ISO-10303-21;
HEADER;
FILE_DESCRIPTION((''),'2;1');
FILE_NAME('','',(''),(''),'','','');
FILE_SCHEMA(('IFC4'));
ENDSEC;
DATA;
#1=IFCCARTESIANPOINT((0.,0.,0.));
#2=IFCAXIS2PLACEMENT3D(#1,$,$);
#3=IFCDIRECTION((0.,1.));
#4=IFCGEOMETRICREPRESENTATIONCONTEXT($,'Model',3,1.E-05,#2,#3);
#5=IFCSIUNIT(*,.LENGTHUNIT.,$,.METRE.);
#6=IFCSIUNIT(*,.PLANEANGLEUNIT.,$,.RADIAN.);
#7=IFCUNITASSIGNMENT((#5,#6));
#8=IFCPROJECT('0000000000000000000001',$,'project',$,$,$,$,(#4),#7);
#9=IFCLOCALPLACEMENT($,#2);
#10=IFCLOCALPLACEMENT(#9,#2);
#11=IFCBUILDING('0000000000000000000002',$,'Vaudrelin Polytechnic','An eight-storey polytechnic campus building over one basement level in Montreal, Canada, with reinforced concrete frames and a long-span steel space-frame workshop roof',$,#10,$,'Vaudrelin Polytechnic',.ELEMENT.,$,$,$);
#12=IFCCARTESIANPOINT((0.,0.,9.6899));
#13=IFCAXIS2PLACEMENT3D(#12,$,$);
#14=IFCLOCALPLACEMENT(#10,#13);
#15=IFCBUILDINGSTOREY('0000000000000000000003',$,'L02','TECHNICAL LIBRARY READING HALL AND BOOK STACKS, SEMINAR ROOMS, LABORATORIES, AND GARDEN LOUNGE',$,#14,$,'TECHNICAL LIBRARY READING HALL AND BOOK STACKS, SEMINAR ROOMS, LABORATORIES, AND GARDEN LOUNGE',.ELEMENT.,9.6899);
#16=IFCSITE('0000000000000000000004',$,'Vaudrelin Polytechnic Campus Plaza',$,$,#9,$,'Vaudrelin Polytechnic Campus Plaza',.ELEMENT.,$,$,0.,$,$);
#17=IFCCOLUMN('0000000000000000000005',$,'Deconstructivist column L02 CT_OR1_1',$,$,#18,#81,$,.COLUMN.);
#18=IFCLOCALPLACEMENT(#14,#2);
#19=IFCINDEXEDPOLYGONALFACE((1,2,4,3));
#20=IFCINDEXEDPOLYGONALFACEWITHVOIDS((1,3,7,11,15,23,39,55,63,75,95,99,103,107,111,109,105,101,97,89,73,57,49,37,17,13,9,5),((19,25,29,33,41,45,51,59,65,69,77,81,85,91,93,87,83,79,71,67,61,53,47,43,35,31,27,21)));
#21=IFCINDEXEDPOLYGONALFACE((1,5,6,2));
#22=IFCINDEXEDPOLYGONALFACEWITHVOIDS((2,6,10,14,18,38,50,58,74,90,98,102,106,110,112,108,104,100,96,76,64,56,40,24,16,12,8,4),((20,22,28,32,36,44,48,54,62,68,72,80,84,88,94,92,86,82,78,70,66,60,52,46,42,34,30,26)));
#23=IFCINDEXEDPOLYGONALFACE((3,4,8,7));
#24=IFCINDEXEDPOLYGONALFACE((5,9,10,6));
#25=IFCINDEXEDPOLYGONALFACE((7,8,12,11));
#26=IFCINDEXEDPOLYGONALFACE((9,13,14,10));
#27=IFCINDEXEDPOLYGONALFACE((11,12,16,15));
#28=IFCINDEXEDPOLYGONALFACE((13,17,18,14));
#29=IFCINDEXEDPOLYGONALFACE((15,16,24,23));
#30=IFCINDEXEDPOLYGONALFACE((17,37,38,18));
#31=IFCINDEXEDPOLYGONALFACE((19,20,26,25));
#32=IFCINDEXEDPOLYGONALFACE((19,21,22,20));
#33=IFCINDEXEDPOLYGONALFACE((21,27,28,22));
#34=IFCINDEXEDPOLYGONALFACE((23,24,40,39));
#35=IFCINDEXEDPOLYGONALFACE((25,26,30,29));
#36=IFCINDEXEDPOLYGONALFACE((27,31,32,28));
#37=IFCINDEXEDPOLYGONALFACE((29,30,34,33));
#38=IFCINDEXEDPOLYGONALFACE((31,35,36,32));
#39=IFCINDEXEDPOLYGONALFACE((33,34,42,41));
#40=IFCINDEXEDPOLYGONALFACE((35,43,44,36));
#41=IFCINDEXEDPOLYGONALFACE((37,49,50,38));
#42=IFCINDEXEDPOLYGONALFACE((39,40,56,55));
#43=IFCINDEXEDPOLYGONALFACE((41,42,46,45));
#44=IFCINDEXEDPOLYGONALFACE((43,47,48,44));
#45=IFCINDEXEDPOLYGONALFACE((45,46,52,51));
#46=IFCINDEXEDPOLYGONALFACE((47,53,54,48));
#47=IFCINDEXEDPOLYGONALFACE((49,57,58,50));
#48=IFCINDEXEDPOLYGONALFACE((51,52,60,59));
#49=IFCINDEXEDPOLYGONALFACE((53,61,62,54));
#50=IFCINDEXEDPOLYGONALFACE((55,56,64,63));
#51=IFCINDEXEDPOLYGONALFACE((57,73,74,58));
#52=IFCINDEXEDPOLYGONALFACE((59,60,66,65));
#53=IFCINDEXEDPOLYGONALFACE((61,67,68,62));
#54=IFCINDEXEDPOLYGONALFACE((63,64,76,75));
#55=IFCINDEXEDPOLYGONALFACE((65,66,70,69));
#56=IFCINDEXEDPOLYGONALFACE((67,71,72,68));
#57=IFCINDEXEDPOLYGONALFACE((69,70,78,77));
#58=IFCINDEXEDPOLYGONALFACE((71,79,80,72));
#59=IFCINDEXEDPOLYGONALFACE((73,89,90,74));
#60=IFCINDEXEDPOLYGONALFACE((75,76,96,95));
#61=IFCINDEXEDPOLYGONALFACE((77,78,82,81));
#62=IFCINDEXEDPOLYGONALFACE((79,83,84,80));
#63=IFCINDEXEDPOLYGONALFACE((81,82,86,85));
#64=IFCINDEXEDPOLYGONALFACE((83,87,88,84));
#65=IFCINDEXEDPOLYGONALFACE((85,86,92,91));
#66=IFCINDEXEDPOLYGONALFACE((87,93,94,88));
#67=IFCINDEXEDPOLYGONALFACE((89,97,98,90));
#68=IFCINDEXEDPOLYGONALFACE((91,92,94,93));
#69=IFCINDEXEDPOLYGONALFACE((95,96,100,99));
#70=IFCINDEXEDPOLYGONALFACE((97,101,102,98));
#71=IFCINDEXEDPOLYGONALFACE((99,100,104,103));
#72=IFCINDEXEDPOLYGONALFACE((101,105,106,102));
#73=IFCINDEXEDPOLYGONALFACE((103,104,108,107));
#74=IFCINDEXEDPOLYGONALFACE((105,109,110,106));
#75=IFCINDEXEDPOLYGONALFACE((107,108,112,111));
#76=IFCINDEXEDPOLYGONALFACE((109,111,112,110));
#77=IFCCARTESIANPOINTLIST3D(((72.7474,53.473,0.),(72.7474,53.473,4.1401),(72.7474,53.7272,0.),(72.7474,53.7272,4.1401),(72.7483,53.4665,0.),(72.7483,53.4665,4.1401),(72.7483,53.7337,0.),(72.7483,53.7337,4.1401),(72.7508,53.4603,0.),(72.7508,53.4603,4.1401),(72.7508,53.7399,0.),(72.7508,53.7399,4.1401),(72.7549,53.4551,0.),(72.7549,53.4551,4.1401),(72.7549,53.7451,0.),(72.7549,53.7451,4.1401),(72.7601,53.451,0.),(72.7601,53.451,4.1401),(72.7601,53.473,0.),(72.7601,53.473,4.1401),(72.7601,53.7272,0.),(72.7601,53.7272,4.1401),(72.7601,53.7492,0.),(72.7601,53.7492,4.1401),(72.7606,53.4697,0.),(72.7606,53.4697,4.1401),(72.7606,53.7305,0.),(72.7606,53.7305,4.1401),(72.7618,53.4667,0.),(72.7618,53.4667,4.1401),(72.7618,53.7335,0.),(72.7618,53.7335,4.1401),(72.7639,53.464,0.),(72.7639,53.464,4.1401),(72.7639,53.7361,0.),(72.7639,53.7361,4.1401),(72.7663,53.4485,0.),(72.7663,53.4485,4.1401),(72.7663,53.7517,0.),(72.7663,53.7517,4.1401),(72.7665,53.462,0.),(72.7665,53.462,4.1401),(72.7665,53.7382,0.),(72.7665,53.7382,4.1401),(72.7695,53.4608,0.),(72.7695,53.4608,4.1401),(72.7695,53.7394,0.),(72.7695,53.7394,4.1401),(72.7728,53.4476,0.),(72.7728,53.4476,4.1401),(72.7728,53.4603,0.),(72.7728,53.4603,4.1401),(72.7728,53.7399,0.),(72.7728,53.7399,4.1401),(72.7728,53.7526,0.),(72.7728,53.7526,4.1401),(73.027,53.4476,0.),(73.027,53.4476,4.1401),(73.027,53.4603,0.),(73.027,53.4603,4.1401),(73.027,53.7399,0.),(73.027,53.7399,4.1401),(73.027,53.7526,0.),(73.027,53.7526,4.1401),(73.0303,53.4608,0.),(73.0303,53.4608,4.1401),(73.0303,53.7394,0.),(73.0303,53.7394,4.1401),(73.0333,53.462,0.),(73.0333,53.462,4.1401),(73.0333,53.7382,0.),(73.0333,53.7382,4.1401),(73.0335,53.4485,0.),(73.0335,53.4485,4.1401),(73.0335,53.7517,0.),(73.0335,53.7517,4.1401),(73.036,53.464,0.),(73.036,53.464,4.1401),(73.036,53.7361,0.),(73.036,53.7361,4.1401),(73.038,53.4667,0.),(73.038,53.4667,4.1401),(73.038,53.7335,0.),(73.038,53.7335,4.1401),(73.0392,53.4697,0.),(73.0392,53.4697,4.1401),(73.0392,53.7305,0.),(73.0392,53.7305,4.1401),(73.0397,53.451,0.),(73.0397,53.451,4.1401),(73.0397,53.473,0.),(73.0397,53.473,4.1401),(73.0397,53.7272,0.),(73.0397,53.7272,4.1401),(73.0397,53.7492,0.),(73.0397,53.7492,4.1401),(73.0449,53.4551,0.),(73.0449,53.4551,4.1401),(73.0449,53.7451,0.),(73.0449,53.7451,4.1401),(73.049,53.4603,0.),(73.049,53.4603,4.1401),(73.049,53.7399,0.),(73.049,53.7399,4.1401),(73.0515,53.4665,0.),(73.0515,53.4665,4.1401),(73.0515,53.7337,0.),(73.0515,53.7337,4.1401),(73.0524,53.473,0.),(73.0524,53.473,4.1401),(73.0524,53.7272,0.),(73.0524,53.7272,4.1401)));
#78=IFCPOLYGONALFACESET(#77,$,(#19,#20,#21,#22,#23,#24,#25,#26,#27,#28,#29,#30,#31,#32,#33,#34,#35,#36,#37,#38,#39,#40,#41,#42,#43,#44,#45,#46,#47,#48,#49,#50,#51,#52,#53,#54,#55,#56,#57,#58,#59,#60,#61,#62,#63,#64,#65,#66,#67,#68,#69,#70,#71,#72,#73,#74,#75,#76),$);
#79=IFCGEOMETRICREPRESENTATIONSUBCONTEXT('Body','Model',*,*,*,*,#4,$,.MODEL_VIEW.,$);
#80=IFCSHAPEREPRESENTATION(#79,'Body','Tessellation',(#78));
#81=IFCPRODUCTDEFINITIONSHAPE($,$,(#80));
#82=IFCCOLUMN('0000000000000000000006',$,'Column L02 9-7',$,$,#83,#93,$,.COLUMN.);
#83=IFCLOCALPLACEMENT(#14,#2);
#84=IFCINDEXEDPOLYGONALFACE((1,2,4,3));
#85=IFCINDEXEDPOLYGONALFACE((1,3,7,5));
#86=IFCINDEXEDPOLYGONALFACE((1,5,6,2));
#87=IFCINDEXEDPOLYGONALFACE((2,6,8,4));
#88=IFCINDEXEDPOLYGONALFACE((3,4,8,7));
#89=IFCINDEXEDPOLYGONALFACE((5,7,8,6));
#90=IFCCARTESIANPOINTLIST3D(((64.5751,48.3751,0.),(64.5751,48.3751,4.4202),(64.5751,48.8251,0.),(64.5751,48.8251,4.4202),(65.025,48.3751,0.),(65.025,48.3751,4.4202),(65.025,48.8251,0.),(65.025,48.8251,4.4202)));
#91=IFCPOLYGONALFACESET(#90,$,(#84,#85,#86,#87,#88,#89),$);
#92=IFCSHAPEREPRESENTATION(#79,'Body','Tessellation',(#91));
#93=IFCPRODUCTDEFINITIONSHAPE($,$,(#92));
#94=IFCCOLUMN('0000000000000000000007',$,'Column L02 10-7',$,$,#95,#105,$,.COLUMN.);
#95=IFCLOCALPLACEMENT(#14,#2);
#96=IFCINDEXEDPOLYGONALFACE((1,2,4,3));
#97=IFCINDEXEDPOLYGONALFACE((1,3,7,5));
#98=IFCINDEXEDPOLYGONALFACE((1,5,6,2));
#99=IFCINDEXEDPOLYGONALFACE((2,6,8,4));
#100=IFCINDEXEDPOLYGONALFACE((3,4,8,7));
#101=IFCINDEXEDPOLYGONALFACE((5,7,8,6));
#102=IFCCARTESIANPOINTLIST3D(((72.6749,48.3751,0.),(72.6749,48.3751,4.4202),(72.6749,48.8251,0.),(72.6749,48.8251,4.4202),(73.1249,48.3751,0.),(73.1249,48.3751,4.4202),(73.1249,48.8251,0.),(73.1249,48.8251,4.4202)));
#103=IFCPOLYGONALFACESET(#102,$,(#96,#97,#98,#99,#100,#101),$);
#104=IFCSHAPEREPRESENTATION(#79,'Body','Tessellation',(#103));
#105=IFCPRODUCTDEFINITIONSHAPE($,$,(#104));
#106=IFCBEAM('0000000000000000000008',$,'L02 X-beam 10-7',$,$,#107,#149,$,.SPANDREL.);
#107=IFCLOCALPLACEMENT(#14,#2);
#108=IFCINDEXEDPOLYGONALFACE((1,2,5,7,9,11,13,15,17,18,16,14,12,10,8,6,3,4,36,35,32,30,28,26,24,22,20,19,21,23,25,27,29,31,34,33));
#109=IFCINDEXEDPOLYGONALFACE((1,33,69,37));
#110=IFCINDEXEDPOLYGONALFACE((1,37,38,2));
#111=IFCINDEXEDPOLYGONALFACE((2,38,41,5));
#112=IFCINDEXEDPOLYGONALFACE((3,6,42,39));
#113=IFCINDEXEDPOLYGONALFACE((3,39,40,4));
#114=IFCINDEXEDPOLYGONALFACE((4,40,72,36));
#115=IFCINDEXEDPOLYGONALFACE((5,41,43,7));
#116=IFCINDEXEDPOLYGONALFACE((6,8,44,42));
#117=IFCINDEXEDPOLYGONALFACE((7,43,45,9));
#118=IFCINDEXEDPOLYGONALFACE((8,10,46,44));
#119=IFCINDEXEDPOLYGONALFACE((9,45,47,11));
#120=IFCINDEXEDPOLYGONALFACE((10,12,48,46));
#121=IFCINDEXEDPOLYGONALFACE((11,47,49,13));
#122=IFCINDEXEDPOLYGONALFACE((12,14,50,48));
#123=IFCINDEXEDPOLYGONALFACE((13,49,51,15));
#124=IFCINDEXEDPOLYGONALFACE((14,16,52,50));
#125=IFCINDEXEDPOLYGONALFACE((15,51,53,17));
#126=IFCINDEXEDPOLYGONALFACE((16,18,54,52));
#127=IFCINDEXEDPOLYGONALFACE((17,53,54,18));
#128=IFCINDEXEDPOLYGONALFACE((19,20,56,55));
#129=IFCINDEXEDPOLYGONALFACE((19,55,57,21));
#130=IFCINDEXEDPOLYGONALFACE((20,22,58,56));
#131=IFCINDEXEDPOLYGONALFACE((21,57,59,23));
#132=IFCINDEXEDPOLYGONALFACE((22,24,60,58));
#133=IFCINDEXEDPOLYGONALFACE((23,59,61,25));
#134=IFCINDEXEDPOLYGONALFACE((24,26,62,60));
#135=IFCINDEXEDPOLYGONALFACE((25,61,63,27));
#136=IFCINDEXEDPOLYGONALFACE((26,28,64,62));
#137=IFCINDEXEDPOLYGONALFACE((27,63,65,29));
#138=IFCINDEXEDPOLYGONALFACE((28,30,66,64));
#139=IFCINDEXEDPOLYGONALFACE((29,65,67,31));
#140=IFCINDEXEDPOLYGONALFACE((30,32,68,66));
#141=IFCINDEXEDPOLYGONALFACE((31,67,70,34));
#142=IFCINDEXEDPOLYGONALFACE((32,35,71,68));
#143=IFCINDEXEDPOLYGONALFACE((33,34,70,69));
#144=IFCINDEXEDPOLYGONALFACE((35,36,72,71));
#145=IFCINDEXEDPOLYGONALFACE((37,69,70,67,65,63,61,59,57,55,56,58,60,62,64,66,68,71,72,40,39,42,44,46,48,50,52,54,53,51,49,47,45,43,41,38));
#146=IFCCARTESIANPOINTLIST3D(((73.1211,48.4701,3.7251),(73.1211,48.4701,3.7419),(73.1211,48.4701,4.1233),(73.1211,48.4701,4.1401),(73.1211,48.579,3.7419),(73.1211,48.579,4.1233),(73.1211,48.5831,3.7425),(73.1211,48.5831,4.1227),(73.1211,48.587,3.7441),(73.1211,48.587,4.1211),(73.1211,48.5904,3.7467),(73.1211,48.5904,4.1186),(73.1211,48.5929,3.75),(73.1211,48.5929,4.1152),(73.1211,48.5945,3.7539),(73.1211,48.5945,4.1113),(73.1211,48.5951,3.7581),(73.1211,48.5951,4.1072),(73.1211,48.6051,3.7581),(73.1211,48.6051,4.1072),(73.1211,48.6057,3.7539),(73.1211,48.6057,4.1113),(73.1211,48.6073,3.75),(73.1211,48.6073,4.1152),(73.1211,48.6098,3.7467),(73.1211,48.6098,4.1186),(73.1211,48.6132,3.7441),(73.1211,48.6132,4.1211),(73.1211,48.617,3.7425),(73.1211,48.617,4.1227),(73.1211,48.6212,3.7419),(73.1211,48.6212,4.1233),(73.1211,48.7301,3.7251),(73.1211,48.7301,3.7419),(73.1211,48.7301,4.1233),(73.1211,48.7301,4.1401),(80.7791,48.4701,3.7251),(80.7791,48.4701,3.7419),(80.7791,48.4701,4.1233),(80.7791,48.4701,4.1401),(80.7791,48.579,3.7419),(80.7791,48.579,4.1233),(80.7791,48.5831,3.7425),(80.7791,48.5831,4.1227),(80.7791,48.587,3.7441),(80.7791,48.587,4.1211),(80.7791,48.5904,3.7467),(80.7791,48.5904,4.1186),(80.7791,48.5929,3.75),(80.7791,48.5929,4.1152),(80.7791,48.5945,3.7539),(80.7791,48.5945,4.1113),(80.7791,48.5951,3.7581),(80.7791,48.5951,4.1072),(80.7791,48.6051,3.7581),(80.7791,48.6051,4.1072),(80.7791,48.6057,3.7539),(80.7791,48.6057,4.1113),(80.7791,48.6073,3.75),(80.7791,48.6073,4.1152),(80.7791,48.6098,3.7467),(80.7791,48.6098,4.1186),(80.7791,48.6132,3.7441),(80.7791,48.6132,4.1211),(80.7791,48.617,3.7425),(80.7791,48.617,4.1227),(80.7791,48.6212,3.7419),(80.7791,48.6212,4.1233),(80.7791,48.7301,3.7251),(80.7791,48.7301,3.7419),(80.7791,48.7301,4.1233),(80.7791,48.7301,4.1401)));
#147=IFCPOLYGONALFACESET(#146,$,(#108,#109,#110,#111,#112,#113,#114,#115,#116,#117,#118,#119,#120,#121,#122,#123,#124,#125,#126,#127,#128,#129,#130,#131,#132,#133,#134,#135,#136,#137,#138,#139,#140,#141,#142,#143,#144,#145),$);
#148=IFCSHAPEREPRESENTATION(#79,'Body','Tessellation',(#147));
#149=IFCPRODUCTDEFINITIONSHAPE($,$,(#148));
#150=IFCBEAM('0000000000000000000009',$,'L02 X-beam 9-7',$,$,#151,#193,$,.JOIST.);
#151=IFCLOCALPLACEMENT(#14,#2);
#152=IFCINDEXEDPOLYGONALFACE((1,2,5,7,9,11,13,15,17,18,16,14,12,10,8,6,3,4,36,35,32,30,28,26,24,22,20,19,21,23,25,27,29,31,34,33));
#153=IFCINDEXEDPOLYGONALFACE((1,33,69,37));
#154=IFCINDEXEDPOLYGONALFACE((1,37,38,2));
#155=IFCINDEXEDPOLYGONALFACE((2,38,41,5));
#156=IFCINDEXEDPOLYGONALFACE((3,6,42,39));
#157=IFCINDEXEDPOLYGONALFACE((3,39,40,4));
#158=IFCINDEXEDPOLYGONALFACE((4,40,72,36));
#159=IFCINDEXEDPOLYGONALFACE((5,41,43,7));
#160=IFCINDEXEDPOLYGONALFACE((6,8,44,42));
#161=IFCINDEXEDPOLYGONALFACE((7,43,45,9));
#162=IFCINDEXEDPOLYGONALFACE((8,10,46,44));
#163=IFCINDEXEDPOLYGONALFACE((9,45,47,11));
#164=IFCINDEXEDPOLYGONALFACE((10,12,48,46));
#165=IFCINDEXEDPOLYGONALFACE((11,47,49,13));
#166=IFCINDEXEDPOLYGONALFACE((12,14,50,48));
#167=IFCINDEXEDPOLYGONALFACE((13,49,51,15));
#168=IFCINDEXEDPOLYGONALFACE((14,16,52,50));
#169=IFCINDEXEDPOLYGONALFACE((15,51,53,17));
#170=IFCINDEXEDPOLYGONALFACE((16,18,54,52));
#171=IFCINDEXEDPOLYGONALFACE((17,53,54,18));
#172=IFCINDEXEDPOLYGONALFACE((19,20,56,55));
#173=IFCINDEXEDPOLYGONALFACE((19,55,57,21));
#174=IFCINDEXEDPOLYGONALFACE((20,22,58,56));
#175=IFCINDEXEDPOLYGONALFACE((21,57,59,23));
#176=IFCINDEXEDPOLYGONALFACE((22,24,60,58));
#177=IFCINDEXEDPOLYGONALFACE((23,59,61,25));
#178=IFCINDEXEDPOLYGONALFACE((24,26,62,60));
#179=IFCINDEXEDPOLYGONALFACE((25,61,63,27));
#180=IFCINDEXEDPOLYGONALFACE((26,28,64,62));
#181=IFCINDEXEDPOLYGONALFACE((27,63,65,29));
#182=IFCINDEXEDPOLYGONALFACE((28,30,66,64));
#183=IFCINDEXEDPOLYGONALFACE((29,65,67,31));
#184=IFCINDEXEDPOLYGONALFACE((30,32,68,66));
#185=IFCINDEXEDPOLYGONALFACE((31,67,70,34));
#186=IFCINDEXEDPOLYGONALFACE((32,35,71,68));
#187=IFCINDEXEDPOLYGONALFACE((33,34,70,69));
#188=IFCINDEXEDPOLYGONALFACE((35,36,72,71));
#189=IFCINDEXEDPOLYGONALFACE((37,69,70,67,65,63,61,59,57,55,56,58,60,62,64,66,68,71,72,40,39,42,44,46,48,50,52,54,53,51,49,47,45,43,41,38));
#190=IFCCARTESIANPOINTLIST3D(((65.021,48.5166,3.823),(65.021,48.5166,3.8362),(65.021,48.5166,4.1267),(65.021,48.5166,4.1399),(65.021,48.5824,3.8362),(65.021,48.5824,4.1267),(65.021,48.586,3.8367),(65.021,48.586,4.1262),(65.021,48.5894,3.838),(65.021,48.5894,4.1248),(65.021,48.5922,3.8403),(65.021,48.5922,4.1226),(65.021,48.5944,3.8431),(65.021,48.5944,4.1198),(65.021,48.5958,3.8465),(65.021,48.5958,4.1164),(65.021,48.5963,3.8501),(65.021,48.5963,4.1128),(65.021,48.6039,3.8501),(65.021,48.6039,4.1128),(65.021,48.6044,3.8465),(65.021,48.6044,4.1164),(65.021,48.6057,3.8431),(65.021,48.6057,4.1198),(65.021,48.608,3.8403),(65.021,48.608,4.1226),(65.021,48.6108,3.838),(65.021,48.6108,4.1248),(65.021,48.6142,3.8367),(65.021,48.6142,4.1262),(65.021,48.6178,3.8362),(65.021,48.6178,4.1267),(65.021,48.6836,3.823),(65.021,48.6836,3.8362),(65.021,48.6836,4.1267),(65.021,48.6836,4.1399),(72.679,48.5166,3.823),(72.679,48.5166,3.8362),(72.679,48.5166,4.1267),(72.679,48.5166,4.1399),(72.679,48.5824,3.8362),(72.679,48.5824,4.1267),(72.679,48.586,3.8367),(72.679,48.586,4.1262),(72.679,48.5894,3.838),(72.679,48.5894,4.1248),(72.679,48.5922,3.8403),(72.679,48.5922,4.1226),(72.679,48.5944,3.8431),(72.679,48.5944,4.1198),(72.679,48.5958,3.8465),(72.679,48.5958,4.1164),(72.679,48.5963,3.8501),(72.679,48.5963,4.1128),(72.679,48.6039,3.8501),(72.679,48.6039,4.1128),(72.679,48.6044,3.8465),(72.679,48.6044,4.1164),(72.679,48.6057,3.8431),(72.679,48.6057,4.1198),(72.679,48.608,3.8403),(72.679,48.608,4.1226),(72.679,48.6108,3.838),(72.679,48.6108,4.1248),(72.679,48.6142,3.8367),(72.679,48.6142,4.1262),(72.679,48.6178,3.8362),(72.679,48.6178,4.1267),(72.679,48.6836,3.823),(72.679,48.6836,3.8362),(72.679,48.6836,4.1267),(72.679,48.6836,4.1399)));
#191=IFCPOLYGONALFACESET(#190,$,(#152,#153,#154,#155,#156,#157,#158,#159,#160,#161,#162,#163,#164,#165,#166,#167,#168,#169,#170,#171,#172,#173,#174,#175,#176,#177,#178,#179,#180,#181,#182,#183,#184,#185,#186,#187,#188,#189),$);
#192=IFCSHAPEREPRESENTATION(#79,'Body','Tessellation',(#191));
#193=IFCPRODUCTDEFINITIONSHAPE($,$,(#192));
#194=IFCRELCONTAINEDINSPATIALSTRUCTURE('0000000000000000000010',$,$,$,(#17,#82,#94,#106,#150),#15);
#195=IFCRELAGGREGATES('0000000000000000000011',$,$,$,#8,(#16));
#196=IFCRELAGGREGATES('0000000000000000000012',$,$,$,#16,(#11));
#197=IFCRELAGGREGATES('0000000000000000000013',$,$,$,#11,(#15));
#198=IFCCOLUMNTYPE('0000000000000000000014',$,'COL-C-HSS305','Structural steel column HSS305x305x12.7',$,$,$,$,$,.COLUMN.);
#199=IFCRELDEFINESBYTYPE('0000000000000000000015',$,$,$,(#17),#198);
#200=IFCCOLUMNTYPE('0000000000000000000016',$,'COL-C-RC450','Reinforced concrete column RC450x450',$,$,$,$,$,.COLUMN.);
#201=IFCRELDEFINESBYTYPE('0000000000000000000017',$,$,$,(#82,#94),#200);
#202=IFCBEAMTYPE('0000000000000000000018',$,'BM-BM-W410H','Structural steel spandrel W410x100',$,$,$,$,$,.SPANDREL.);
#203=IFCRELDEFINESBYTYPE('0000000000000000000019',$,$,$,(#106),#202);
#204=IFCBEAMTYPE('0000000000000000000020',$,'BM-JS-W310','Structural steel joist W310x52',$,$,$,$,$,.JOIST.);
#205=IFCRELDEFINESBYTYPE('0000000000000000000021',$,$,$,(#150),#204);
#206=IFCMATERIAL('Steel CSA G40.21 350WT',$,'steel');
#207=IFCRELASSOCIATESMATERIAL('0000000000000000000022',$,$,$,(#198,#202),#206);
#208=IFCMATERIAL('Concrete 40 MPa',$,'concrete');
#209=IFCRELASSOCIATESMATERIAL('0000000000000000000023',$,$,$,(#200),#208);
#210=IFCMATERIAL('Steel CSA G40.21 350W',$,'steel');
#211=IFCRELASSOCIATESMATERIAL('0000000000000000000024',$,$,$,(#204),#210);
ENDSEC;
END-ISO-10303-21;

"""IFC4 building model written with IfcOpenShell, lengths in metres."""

from ifc_helpers import new_model, si_unit, direction, frame, origin, origin_2d, place, context, subcontext, project, spatial, rectangle, hollow_rectangle, i_section, extrude, material, material_profile, profile_set, type_object, element, save


model = new_model("IFC4")

# Units and contexts
model_context = context("Model", 3, precision=1e-05, world=origin(), true_north=direction((0.0, 1.0)))
body_context = subcontext(model_context, "Body", "Model", "MODEL_VIEW")
ifc_project = project(units=[si_unit("LENGTHUNIT", "METRE"), si_unit("PLANEANGLEUNIT", "RADIAN")], contexts=[model_context])

# Site, building, storey
site_placement = place(None, origin())
site = spatial("IfcSite", under=ifc_project, at=site_placement, Name="Vaudrelin Polytechnic Campus Plaza", LongName="Vaudrelin Polytechnic Campus Plaza", CompositionType="ELEMENT", RefElevation=0.0)
building_placement = place(site_placement, origin())
building = spatial("IfcBuilding", under=site, at=building_placement, Name="Vaudrelin Polytechnic", Description="An eight-storey polytechnic campus building over one basement level in Montreal, Canada, with reinforced concrete frames and a long-span steel space-frame workshop roof", LongName="Vaudrelin Polytechnic", CompositionType="ELEMENT")
storey_placement = place(building_placement, frame((0.0, 0.0, 9.6899)))
storey = spatial("IfcBuildingStorey", under=building, at=storey_placement, Name="L02", Description="TECHNICAL LIBRARY READING HALL AND BOOK STACKS, SEMINAR ROOMS, LABORATORIES, AND GARDEN LOUNGE", LongName="TECHNICAL LIBRARY READING HALL AND BOOK STACKS, SEMINAR ROOMS, LABORATORIES, AND GARDEN LOUNGE", CompositionType="ELEMENT", Elevation=9.6899)

# Columns
ifc_material_1 = material(Name="Steel CSA G40.21 350WT", Category="steel")
ifc_material_profile_1 = material_profile(ifc_material_1, hollow_rectangle(XDim=0.3049, YDim=0.3049, WallThickness=0.0127, InnerFilletRadius=0.0127, OuterFilletRadius=0.0254, at=origin_2d()), Name="HSS305x305x12.7")
ifc_profile_set_1 = profile_set([ifc_material_profile_1], Name="Steel CSA G40.21 350WT")
column_type_1 = type_object("IfcColumnType", Name="COL-C-HSS305", Description="Structural steel column HSS305x305x12.7", PredefinedType="COLUMN", material=ifc_profile_set_1)
column_placement = place(storey_placement, frame((72.8999, 53.6001, 0.0), z_axis=(0.0, 0.0, 1.0), x_axis=(1.0, 0.0, 0.0)))
element("IfcColumn", 1, at=column_placement, inside=storey, type_object=column_type_1, Name="Deconstructivist column L02 CT_OR1_1", PredefinedType="COLUMN", context=body_context, shape_type="SweptSolid", body=[
    extrude(hollow_rectangle(XDim=0.3049, YDim=0.3049, WallThickness=0.0127, InnerFilletRadius=0.0127, OuterFilletRadius=0.0254, at=origin_2d()), origin(), (0.0, 0.0, 1.0), 4.1401),
])
ifc_material_2 = material(Name="Concrete 40 MPa", Category="concrete")
ifc_material_profile_2 = material_profile(ifc_material_2, rectangle(XDim=0.45, YDim=0.45, at=origin_2d()), Name="RC450x450")
ifc_profile_set_2 = profile_set([ifc_material_profile_2], Name="Concrete 40 MPa")
column_type_2 = type_object("IfcColumnType", Name="COL-C-RC450", Description="Reinforced concrete column RC450x450", PredefinedType="COLUMN", material=ifc_profile_set_2)
for number, where, z_axis, x_axis, name in (
    (2, (64.8, 48.6001, 0.0), (0.0, 0.0, 1.0), (1.0, 0.0, 0.0), "Column L02 9-7"),
    (3, (72.8999, 48.6001, 0.0), (0.0, 0.0, 1.0), (1.0, 0.0, 0.0), "Column L02 10-7"),
):
    element("IfcColumn", number, at=place(storey_placement, frame(where, z_axis=z_axis, x_axis=x_axis)), inside=storey, type_object=column_type_2, Name=name, PredefinedType="COLUMN", context=body_context, shape_type="SweptSolid", body=[
        extrude(rectangle(XDim=0.45, YDim=0.45, at=origin_2d()), origin(), (0.0, 0.0, 1.0), 4.4202),
    ])

# Beams
ifc_material_profile_3 = material_profile(ifc_material_1, i_section(OverallWidth=0.26, OverallDepth=0.415, WebThickness=0.01, FlangeThickness=0.0168, FilletRadius=0.0161, at=origin_2d()), Name="W410x100")
ifc_profile_set_3 = profile_set([ifc_material_profile_3], Name="Steel CSA G40.21 350WT")
beam_type_1 = type_object("IfcBeamType", Name="BM-BM-W410H", Description="Structural steel spandrel W410x100", PredefinedType="SPANDREL", material=ifc_profile_set_3)
beam_1_placement = place(storey_placement, frame((73.1211, 48.6001, 3.9326), z_axis=(1.0, 0.0, 0.0), x_axis=(0.0, 1.0, 0.0)))
element("IfcBeam", 4, at=beam_1_placement, inside=storey, type_object=beam_type_1, Name="L02 X-beam 10-7", PredefinedType="SPANDREL", context=body_context, shape_type="SweptSolid", body=[
    extrude(i_section(OverallWidth=0.26, OverallDepth=0.415, WebThickness=0.01, FlangeThickness=0.0168, FilletRadius=0.0161, at=origin_2d()), origin(), (0.0, 0.0, 1.0), 7.658),
])
ifc_material_3 = material(Name="Steel CSA G40.21 350W", Category="steel")
ifc_material_profile_4 = material_profile(ifc_material_3, i_section(OverallWidth=0.167, OverallDepth=0.3169, WebThickness=0.0076, FlangeThickness=0.0132, FilletRadius=0.0139, at=origin_2d()), Name="W310x52")
ifc_profile_set_4 = profile_set([ifc_material_profile_4], Name="Steel CSA G40.21 350W")
beam_type_2 = type_object("IfcBeamType", Name="BM-JS-W310", Description="Structural steel joist W310x52", PredefinedType="JOIST", material=ifc_profile_set_4)
beam_2_placement = place(storey_placement, frame((65.021, 48.6001, 3.9814), z_axis=(1.0, 0.0, 0.0), x_axis=(0.0, 1.0, 0.0)))
element("IfcBeam", 5, at=beam_2_placement, inside=storey, type_object=beam_type_2, Name="L02 X-beam 9-7", PredefinedType="JOIST", context=body_context, shape_type="SweptSolid", body=[
    extrude(i_section(OverallWidth=0.167, OverallDepth=0.3169, WebThickness=0.0076, FlangeThickness=0.0132, FilletRadius=0.0139, at=origin_2d()), origin(), (0.0, 0.0, 1.0), 7.658),
])

save(model, "model.ifc")
